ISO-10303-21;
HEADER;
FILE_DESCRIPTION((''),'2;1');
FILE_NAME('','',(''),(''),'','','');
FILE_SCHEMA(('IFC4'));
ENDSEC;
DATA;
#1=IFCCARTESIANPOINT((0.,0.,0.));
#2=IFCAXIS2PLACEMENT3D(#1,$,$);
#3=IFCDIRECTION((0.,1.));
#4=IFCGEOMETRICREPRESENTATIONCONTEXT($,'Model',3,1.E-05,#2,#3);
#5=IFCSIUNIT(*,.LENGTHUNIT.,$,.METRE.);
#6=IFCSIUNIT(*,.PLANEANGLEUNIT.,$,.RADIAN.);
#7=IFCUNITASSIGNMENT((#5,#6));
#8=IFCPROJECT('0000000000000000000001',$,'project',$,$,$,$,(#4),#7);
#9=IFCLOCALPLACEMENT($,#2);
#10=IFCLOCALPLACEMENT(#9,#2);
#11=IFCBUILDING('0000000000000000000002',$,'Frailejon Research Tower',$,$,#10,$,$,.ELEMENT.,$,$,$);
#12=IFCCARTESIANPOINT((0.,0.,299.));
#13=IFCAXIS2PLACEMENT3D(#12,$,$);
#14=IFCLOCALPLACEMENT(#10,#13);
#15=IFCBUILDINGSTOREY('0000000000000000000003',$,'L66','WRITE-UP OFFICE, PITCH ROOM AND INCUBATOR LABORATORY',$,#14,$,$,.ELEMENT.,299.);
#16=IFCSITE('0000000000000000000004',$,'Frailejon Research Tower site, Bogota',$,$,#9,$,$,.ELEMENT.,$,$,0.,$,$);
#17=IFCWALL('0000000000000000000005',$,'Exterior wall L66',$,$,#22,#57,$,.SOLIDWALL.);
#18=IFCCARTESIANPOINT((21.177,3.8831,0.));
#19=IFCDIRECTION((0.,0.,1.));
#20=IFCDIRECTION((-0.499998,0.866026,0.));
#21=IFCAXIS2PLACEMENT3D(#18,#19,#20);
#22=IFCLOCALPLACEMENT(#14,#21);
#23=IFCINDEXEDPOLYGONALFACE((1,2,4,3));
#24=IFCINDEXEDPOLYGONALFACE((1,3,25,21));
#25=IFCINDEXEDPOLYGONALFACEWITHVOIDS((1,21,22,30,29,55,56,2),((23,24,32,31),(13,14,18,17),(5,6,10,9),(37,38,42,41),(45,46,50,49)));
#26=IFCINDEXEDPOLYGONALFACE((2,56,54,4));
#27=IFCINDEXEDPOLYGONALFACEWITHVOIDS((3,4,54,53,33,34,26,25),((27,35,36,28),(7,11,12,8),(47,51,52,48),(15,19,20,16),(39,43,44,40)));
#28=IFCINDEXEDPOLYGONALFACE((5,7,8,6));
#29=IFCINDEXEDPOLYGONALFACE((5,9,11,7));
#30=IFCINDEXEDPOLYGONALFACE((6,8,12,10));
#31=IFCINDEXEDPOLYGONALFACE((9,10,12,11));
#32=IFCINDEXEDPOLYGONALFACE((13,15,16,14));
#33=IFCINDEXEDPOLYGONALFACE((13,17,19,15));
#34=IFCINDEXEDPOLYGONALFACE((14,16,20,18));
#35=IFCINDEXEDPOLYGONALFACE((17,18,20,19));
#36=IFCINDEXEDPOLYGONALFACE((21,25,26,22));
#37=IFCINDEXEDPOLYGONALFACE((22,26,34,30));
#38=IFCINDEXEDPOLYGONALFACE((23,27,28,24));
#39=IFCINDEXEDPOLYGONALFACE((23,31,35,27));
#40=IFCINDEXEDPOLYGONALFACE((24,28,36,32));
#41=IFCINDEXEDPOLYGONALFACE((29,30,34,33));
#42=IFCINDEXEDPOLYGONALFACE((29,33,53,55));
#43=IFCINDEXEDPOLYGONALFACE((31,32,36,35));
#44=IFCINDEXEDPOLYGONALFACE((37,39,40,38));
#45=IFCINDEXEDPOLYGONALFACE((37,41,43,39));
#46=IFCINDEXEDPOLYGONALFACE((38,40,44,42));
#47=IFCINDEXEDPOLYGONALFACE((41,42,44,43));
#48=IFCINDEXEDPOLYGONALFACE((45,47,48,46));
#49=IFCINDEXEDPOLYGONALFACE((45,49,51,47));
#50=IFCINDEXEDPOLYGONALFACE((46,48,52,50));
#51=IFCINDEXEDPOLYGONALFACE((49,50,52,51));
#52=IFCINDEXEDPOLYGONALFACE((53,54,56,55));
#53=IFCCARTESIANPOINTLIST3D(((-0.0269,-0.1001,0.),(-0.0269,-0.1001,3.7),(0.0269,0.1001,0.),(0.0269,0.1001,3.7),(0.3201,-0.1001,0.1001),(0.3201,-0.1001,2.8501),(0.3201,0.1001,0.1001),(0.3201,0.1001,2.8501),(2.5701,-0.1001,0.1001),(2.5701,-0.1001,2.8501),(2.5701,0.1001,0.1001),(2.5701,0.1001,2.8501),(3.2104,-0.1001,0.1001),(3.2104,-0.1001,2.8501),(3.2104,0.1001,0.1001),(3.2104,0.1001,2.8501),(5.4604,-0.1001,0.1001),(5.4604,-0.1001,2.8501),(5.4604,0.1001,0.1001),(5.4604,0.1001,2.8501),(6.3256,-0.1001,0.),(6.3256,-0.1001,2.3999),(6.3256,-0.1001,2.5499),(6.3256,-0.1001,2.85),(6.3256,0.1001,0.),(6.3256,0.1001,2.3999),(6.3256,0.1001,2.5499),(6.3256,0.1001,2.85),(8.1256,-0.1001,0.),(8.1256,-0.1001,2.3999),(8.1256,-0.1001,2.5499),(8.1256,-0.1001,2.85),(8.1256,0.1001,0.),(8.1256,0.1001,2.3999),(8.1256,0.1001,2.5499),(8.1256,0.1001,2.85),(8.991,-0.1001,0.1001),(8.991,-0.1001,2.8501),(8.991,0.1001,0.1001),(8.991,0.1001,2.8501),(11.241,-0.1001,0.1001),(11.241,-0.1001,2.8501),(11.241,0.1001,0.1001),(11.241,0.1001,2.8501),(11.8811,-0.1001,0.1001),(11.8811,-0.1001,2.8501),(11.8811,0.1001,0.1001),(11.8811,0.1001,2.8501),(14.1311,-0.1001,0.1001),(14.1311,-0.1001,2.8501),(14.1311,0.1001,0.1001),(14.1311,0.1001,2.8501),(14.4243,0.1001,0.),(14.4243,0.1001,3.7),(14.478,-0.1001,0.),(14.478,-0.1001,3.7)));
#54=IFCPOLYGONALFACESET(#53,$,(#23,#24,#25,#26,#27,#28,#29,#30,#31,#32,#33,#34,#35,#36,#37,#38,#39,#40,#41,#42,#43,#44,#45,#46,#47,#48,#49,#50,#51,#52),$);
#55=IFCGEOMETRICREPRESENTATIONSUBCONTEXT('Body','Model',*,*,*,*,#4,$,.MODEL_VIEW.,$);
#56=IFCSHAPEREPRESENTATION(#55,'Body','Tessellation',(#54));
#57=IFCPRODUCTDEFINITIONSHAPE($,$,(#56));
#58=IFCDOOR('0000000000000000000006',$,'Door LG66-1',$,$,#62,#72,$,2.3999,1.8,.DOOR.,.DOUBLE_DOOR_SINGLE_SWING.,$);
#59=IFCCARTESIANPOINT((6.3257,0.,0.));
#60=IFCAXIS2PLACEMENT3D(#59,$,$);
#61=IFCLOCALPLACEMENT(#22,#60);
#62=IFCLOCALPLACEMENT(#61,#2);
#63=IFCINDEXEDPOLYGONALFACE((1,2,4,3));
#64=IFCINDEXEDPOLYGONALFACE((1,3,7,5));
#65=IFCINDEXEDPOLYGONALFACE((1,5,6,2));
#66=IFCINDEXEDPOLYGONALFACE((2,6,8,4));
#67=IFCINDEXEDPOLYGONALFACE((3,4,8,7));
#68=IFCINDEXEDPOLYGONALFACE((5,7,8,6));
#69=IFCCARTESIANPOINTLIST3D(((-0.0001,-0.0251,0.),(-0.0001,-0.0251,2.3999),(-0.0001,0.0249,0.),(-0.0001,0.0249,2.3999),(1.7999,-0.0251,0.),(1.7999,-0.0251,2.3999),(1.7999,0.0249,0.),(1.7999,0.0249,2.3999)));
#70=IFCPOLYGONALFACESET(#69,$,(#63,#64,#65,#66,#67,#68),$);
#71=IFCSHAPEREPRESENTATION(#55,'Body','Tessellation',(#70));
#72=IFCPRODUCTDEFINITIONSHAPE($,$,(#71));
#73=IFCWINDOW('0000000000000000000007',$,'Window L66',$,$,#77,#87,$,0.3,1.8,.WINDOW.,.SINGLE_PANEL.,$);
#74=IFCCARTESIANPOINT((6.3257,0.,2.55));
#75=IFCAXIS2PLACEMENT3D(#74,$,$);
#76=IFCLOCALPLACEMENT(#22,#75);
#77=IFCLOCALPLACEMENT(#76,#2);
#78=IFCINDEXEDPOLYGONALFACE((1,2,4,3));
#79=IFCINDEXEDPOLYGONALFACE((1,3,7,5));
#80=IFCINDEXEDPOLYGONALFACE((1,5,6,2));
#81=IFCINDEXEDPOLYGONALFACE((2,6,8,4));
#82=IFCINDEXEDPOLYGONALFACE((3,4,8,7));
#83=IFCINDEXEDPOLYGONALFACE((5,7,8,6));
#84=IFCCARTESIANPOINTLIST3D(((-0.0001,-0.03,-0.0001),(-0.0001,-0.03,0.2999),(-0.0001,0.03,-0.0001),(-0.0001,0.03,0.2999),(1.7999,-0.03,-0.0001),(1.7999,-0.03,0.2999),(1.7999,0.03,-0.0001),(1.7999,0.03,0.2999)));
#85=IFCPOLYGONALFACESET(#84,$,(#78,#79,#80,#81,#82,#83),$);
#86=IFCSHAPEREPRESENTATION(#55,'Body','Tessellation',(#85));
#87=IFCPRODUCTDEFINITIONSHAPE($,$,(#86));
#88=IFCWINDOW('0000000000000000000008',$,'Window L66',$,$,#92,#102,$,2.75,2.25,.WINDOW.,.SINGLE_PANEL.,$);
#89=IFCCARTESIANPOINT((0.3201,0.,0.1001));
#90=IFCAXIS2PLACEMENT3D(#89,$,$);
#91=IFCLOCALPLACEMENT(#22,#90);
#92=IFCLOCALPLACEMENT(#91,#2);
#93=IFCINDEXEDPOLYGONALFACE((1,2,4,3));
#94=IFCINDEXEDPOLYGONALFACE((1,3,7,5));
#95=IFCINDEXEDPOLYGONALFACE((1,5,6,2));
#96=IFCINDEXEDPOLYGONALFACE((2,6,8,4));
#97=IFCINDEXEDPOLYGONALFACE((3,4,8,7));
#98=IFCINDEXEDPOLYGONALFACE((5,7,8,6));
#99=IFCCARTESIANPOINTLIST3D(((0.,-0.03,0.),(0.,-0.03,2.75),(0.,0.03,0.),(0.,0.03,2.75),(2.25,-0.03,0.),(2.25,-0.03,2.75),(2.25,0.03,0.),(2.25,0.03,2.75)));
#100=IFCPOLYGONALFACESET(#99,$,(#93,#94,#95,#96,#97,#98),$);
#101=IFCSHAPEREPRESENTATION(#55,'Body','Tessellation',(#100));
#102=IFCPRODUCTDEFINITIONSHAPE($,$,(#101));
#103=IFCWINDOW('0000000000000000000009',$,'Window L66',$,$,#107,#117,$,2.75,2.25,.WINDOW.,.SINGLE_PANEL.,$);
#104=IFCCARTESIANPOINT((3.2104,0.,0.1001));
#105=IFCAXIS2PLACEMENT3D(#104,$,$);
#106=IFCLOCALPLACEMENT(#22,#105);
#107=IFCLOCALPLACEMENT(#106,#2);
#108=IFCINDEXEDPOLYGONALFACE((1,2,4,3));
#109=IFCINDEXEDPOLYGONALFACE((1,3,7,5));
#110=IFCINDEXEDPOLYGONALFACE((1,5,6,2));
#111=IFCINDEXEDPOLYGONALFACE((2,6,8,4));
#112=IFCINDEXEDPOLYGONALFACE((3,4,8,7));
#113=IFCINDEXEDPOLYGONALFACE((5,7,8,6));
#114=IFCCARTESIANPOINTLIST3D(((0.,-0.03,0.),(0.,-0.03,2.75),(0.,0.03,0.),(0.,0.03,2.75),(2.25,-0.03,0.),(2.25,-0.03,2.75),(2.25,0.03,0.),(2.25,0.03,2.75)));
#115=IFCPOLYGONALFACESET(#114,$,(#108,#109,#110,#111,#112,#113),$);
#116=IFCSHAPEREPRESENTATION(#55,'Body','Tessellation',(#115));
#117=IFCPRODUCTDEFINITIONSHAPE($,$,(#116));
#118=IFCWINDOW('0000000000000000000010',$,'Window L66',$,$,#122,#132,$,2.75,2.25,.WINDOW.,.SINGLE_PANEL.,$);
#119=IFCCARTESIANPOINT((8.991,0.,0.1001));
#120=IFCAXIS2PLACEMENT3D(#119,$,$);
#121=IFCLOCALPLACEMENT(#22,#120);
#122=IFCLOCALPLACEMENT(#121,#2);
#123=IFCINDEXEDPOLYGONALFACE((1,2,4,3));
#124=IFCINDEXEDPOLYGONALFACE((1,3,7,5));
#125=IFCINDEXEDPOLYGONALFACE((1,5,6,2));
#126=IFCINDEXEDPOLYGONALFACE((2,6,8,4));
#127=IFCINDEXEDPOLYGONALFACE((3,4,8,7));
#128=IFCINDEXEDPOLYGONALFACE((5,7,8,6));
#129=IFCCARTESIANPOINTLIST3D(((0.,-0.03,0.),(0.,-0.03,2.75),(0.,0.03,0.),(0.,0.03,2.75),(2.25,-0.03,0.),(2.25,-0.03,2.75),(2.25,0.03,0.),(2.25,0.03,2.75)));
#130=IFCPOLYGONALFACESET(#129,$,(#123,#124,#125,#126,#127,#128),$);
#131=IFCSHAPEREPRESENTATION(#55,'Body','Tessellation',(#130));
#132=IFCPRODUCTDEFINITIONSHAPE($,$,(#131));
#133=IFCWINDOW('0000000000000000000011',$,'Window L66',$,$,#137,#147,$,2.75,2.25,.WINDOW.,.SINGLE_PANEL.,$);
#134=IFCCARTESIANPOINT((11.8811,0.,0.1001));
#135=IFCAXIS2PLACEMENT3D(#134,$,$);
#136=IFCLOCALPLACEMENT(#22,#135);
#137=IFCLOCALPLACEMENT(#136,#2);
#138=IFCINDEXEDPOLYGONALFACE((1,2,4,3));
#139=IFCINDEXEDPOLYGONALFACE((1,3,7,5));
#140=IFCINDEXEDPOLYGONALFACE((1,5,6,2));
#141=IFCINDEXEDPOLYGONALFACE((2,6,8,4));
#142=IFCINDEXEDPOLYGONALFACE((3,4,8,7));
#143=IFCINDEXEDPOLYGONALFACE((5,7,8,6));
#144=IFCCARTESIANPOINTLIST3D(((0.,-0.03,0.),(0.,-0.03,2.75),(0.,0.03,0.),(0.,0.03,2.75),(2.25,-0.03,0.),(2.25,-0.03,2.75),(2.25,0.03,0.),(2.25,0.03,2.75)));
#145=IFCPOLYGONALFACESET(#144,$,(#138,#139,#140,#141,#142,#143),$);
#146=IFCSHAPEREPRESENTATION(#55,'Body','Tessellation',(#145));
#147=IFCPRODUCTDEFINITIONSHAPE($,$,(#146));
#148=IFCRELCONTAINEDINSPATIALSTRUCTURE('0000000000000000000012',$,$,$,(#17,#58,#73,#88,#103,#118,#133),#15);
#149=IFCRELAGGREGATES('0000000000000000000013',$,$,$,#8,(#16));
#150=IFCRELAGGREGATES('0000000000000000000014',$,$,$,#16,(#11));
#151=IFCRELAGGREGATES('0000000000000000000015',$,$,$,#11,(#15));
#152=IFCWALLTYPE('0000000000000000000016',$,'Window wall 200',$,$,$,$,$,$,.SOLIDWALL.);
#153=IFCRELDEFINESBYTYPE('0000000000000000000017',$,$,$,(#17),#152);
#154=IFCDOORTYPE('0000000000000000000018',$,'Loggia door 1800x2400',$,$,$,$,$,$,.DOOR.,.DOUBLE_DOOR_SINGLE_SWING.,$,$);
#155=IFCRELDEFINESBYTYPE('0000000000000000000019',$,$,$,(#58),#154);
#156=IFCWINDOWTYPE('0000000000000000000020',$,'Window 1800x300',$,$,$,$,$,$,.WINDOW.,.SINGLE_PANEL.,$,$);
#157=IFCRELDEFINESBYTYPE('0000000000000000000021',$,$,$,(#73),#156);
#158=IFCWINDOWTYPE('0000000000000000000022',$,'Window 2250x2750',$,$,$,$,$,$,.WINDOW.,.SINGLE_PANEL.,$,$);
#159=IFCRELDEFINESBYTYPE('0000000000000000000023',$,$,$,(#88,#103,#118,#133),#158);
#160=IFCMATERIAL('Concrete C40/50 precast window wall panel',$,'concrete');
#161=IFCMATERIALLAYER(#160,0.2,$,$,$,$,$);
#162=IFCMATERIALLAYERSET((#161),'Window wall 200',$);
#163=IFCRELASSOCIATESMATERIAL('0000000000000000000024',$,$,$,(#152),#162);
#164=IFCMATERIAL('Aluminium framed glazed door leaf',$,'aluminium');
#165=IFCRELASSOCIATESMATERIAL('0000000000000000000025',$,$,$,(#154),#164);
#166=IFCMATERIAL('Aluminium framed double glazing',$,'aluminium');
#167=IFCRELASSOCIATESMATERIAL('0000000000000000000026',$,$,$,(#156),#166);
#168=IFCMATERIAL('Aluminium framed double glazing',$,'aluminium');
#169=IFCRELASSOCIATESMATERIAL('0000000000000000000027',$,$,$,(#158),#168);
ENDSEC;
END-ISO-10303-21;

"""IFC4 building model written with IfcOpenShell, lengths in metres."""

from ifc_helpers import new_model, si_unit, direction, frame, frame_2d, origin, place, context, subcontext, project, spatial, polyline, rectangle, outline, extrude, material, layer, layer_set, type_object, element, fill, save


model = new_model("IFC4")

# Units and contexts
model_context = context("Model", 3, precision=1e-05, world=origin(), true_north=direction((0.0, 1.0)))
body_context = subcontext(model_context, "Body", "Model", "MODEL_VIEW")
ifc_project = project(units=[si_unit("LENGTHUNIT", "METRE"), si_unit("PLANEANGLEUNIT", "RADIAN")], contexts=[model_context])

# Site, building, storey
site_placement = place(None, origin())
site = spatial("IfcSite", under=ifc_project, at=site_placement, Name="Frailejon Research Tower site, Bogota", CompositionType="ELEMENT", RefElevation=0.0)
building_placement = place(site_placement, origin())
building = spatial("IfcBuilding", under=site, at=building_placement, Name="Frailejon Research Tower", CompositionType="ELEMENT")
storey_placement = place(building_placement, frame((0.0, 0.0, 299.0)))
storey = spatial("IfcBuildingStorey", under=building, at=storey_placement, Name="L66", Description="WRITE-UP OFFICE, PITCH ROOM AND INCUBATOR LABORATORY", CompositionType="ELEMENT", Elevation=299.0)

# Wall, openings, door, windows
ifc_material_1 = material(Name="Concrete C40/50 precast window wall panel", Category="concrete")
ifc_layer_1 = layer(ifc_material_1, 0.2)
ifc_layer_set_1 = layer_set([ifc_layer_1], Name="Window wall 200")
wall_type = type_object("IfcWallType", Name="Window wall 200", PredefinedType="SOLIDWALL", material=ifc_layer_set_1)
wall_placement = place(storey_placement, frame((21.177, 3.8831, 0.0), z_axis=(0.0, 0.0, 1.0), x_axis=(-0.499998, 0.866026, 0.0)))
wall = element("IfcWall", 1, at=wall_placement, inside=storey, type_object=wall_type, Name="Exterior wall L66", PredefinedType="SOLIDWALL", context=body_context, shape_type="SweptSolid", body=[
    extrude(outline(polyline([(-0.0269, -0.1001), (1.0093, -0.1001), (2.0452, -0.1001), (3.0813, -0.1001), (4.1174, -0.1001), (5.1536, -0.1001), (6.1895, -0.1001), (7.2256, -0.1001), (8.2617, -0.1001), (9.2976, -0.1001), (10.3337, -0.1001), (11.3699, -0.1001), (12.406, -0.1001), (13.4419, -0.1001), (14.478, -0.1001), (14.4243, 0.1001), (13.396, 0.1001), (12.3674, 0.1001), (11.3391, 0.1001), (10.3108, 0.1001), (9.2825, 0.1001), (8.2539, 0.1001), (7.2256, 0.1001), (6.1973, 0.1001), (5.1687, 0.1001), (4.1404, 0.1001), (3.1121, 0.1001), (2.0837, 0.1001), (1.0552, 0.1001), (0.0269, 0.1001), (-0.0269, -0.1001)])), origin(), (0.0, 0.0, 1.0), 3.7),
])
opening_1_placement = place(wall_placement, frame((0.3201, 0.0, 0.1001)))
opening_1 = element("IfcOpeningElement", 2, at=opening_1_placement, cuts=wall, PredefinedType="OPENING", context=body_context, shape_type="SweptSolid", body=[
    extrude(rectangle(XDim=2.25, YDim=2.75, at=frame_2d((1.125, 1.375))), frame((0.0, 0.1099, 0.0), z_axis=(0.0, -1.0, 0.0), x_axis=(1.0, 0.0, 0.0)), (0.0, 0.0, 1.0), 0.22),
])
opening_2_placement = place(wall_placement, frame((3.2104, 0.0, 0.1001)))
opening_2 = element("IfcOpeningElement", 3, at=opening_2_placement, cuts=wall, PredefinedType="OPENING", context=body_context, shape_type="SweptSolid", body=[
    extrude(rectangle(XDim=2.25, YDim=2.75, at=frame_2d((1.125, 1.375))), frame((0.0, 0.1099, 0.0), z_axis=(0.0, -1.0, 0.0), x_axis=(1.0, 0.0, 0.0)), (0.0, 0.0, 1.0), 0.22),
])
opening_3_placement = place(wall_placement, frame((6.3257, 0.0, 0.0)))
opening_3 = element("IfcOpeningElement", 4, at=opening_3_placement, cuts=wall, PredefinedType="OPENING", context=body_context, shape_type="SweptSolid", body=[
    extrude(rectangle(XDim=1.8, YDim=2.3999, at=frame_2d((0.8999, 1.2))), frame((0.0, 0.1099, 0.0), z_axis=(0.0, -1.0, 0.0), x_axis=(1.0, 0.0, 0.0)), (0.0, 0.0, 1.0), 0.22),
])
opening_4_placement = place(wall_placement, frame((6.3257, 0.0, 2.55)))
opening_4 = element("IfcOpeningElement", 5, at=opening_4_placement, cuts=wall, PredefinedType="OPENING", context=body_context, shape_type="SweptSolid", body=[
    extrude(rectangle(XDim=1.8, YDim=0.3, at=frame_2d((0.8999, 0.1499))), frame((0.0, 0.1099, 0.0), z_axis=(0.0, -1.0, 0.0), x_axis=(1.0, 0.0, 0.0)), (0.0, 0.0, 1.0), 0.22),
])
opening_5_placement = place(wall_placement, frame((8.991, 0.0, 0.1001)))
opening_5 = element("IfcOpeningElement", 6, at=opening_5_placement, cuts=wall, PredefinedType="OPENING", context=body_context, shape_type="SweptSolid", body=[
    extrude(rectangle(XDim=2.25, YDim=2.75, at=frame_2d((1.125, 1.375))), frame((0.0, 0.1099, 0.0), z_axis=(0.0, -1.0, 0.0), x_axis=(1.0, 0.0, 0.0)), (0.0, 0.0, 1.0), 0.22),
])
opening_6_placement = place(wall_placement, frame((11.8811, 0.0, 0.1001)))
opening_6 = element("IfcOpeningElement", 7, at=opening_6_placement, cuts=wall, PredefinedType="OPENING", context=body_context, shape_type="SweptSolid", body=[
    extrude(rectangle(XDim=2.25, YDim=2.75, at=frame_2d((1.125, 1.375))), frame((0.0, 0.1099, 0.0), z_axis=(0.0, -1.0, 0.0), x_axis=(1.0, 0.0, 0.0)), (0.0, 0.0, 1.0), 0.22),
])
ifc_material_2 = material(Name="Aluminium framed glazed door leaf", Category="aluminium")
door_type = type_object("IfcDoorType", Name="Loggia door 1800x2400", OperationType="DOUBLE_DOOR_SINGLE_SWING", PredefinedType="DOOR", material=ifc_material_2)
door_placement = place(opening_3_placement, origin())
door = element("IfcDoor", 8, at=door_placement, inside=storey, type_object=door_type, Name="Door LG66-1", OperationType="DOUBLE_DOOR_SINGLE_SWING", OverallHeight=2.3999, OverallWidth=1.8, PredefinedType="DOOR", context=body_context, shape_type="SweptSolid", body=[
    extrude(rectangle(XDim=1.8, YDim=2.3999, at=frame_2d((0.8999, 1.2))), frame((0.0, 0.0249, 0.0), z_axis=(0.0, -1.0, 0.0), x_axis=(1.0, 0.0, 0.0)), (0.0, 0.0, 1.0), 0.05),
])
fill(opening_3, door)
ifc_material_3 = material(Name="Aluminium framed double glazing", Category="aluminium")
window_type_1 = type_object("IfcWindowType", Name="Window 1800x300", PartitioningType="SINGLE_PANEL", PredefinedType="WINDOW", material=ifc_material_3)
window_1_placement = place(opening_4_placement, origin())
window_1 = element("IfcWindow", 9, at=window_1_placement, inside=storey, type_object=window_type_1, Name="Window L66", OverallHeight=0.3, OverallWidth=1.8, PartitioningType="SINGLE_PANEL", PredefinedType="WINDOW", context=body_context, shape_type="SweptSolid", body=[
    extrude(rectangle(XDim=1.8, YDim=0.3, at=frame_2d((0.8999, 0.1499))), frame((0.0, 0.03, 0.0), z_axis=(0.0, -1.0, 0.0), x_axis=(1.0, 0.0, 0.0)), (0.0, 0.0, 1.0), 0.0601),
])
fill(opening_4, window_1)
ifc_material_4 = material(Name="Aluminium framed double glazing", Category="aluminium")
window_type_2 = type_object("IfcWindowType", Name="Window 2250x2750", PartitioningType="SINGLE_PANEL", PredefinedType="WINDOW", material=ifc_material_4)
window_2_placement = place(opening_1_placement, origin())
window_2 = element("IfcWindow", 10, at=window_2_placement, inside=storey, type_object=window_type_2, Name="Window L66", OverallHeight=2.75, OverallWidth=2.25, PartitioningType="SINGLE_PANEL", PredefinedType="WINDOW", context=body_context, shape_type="SweptSolid", body=[
    extrude(rectangle(XDim=2.25, YDim=2.75, at=frame_2d((1.125, 1.375))), frame((0.0, 0.03, 0.0), z_axis=(0.0, -1.0, 0.0), x_axis=(1.0, 0.0, 0.0)), (0.0, 0.0, 1.0), 0.0601),
])
fill(opening_1, window_2)
window_3_placement = place(opening_2_placement, origin())
window_3 = element("IfcWindow", 11, at=window_3_placement, inside=storey, type_object=window_type_2, Name="Window L66", OverallHeight=2.75, OverallWidth=2.25, PartitioningType="SINGLE_PANEL", PredefinedType="WINDOW", context=body_context, shape_type="SweptSolid", body=[
    extrude(rectangle(XDim=2.25, YDim=2.75, at=frame_2d((1.125, 1.375))), frame((0.0, 0.03, 0.0), z_axis=(0.0, -1.0, 0.0), x_axis=(1.0, 0.0, 0.0)), (0.0, 0.0, 1.0), 0.0601),
])
fill(opening_2, window_3)
window_4_placement = place(opening_5_placement, origin())
window_4 = element("IfcWindow", 12, at=window_4_placement, inside=storey, type_object=window_type_2, Name="Window L66", OverallHeight=2.75, OverallWidth=2.25, PartitioningType="SINGLE_PANEL", PredefinedType="WINDOW", context=body_context, shape_type="SweptSolid", body=[
    extrude(rectangle(XDim=2.25, YDim=2.75, at=frame_2d((1.125, 1.375))), frame((0.0, 0.03, 0.0), z_axis=(0.0, -1.0, 0.0), x_axis=(1.0, 0.0, 0.0)), (0.0, 0.0, 1.0), 0.0601),
])
fill(opening_5, window_4)
window_5_placement = place(opening_6_placement, origin())
window_5 = element("IfcWindow", 13, at=window_5_placement, inside=storey, type_object=window_type_2, Name="Window L66", OverallHeight=2.75, OverallWidth=2.25, PartitioningType="SINGLE_PANEL", PredefinedType="WINDOW", context=body_context, shape_type="SweptSolid", body=[
    extrude(rectangle(XDim=2.25, YDim=2.75, at=frame_2d((1.125, 1.375))), frame((0.0, 0.03, 0.0), z_axis=(0.0, -1.0, 0.0), x_axis=(1.0, 0.0, 0.0)), (0.0, 0.0, 1.0), 0.0601),
])
fill(opening_6, window_5)

save(model, "model.ifc")
